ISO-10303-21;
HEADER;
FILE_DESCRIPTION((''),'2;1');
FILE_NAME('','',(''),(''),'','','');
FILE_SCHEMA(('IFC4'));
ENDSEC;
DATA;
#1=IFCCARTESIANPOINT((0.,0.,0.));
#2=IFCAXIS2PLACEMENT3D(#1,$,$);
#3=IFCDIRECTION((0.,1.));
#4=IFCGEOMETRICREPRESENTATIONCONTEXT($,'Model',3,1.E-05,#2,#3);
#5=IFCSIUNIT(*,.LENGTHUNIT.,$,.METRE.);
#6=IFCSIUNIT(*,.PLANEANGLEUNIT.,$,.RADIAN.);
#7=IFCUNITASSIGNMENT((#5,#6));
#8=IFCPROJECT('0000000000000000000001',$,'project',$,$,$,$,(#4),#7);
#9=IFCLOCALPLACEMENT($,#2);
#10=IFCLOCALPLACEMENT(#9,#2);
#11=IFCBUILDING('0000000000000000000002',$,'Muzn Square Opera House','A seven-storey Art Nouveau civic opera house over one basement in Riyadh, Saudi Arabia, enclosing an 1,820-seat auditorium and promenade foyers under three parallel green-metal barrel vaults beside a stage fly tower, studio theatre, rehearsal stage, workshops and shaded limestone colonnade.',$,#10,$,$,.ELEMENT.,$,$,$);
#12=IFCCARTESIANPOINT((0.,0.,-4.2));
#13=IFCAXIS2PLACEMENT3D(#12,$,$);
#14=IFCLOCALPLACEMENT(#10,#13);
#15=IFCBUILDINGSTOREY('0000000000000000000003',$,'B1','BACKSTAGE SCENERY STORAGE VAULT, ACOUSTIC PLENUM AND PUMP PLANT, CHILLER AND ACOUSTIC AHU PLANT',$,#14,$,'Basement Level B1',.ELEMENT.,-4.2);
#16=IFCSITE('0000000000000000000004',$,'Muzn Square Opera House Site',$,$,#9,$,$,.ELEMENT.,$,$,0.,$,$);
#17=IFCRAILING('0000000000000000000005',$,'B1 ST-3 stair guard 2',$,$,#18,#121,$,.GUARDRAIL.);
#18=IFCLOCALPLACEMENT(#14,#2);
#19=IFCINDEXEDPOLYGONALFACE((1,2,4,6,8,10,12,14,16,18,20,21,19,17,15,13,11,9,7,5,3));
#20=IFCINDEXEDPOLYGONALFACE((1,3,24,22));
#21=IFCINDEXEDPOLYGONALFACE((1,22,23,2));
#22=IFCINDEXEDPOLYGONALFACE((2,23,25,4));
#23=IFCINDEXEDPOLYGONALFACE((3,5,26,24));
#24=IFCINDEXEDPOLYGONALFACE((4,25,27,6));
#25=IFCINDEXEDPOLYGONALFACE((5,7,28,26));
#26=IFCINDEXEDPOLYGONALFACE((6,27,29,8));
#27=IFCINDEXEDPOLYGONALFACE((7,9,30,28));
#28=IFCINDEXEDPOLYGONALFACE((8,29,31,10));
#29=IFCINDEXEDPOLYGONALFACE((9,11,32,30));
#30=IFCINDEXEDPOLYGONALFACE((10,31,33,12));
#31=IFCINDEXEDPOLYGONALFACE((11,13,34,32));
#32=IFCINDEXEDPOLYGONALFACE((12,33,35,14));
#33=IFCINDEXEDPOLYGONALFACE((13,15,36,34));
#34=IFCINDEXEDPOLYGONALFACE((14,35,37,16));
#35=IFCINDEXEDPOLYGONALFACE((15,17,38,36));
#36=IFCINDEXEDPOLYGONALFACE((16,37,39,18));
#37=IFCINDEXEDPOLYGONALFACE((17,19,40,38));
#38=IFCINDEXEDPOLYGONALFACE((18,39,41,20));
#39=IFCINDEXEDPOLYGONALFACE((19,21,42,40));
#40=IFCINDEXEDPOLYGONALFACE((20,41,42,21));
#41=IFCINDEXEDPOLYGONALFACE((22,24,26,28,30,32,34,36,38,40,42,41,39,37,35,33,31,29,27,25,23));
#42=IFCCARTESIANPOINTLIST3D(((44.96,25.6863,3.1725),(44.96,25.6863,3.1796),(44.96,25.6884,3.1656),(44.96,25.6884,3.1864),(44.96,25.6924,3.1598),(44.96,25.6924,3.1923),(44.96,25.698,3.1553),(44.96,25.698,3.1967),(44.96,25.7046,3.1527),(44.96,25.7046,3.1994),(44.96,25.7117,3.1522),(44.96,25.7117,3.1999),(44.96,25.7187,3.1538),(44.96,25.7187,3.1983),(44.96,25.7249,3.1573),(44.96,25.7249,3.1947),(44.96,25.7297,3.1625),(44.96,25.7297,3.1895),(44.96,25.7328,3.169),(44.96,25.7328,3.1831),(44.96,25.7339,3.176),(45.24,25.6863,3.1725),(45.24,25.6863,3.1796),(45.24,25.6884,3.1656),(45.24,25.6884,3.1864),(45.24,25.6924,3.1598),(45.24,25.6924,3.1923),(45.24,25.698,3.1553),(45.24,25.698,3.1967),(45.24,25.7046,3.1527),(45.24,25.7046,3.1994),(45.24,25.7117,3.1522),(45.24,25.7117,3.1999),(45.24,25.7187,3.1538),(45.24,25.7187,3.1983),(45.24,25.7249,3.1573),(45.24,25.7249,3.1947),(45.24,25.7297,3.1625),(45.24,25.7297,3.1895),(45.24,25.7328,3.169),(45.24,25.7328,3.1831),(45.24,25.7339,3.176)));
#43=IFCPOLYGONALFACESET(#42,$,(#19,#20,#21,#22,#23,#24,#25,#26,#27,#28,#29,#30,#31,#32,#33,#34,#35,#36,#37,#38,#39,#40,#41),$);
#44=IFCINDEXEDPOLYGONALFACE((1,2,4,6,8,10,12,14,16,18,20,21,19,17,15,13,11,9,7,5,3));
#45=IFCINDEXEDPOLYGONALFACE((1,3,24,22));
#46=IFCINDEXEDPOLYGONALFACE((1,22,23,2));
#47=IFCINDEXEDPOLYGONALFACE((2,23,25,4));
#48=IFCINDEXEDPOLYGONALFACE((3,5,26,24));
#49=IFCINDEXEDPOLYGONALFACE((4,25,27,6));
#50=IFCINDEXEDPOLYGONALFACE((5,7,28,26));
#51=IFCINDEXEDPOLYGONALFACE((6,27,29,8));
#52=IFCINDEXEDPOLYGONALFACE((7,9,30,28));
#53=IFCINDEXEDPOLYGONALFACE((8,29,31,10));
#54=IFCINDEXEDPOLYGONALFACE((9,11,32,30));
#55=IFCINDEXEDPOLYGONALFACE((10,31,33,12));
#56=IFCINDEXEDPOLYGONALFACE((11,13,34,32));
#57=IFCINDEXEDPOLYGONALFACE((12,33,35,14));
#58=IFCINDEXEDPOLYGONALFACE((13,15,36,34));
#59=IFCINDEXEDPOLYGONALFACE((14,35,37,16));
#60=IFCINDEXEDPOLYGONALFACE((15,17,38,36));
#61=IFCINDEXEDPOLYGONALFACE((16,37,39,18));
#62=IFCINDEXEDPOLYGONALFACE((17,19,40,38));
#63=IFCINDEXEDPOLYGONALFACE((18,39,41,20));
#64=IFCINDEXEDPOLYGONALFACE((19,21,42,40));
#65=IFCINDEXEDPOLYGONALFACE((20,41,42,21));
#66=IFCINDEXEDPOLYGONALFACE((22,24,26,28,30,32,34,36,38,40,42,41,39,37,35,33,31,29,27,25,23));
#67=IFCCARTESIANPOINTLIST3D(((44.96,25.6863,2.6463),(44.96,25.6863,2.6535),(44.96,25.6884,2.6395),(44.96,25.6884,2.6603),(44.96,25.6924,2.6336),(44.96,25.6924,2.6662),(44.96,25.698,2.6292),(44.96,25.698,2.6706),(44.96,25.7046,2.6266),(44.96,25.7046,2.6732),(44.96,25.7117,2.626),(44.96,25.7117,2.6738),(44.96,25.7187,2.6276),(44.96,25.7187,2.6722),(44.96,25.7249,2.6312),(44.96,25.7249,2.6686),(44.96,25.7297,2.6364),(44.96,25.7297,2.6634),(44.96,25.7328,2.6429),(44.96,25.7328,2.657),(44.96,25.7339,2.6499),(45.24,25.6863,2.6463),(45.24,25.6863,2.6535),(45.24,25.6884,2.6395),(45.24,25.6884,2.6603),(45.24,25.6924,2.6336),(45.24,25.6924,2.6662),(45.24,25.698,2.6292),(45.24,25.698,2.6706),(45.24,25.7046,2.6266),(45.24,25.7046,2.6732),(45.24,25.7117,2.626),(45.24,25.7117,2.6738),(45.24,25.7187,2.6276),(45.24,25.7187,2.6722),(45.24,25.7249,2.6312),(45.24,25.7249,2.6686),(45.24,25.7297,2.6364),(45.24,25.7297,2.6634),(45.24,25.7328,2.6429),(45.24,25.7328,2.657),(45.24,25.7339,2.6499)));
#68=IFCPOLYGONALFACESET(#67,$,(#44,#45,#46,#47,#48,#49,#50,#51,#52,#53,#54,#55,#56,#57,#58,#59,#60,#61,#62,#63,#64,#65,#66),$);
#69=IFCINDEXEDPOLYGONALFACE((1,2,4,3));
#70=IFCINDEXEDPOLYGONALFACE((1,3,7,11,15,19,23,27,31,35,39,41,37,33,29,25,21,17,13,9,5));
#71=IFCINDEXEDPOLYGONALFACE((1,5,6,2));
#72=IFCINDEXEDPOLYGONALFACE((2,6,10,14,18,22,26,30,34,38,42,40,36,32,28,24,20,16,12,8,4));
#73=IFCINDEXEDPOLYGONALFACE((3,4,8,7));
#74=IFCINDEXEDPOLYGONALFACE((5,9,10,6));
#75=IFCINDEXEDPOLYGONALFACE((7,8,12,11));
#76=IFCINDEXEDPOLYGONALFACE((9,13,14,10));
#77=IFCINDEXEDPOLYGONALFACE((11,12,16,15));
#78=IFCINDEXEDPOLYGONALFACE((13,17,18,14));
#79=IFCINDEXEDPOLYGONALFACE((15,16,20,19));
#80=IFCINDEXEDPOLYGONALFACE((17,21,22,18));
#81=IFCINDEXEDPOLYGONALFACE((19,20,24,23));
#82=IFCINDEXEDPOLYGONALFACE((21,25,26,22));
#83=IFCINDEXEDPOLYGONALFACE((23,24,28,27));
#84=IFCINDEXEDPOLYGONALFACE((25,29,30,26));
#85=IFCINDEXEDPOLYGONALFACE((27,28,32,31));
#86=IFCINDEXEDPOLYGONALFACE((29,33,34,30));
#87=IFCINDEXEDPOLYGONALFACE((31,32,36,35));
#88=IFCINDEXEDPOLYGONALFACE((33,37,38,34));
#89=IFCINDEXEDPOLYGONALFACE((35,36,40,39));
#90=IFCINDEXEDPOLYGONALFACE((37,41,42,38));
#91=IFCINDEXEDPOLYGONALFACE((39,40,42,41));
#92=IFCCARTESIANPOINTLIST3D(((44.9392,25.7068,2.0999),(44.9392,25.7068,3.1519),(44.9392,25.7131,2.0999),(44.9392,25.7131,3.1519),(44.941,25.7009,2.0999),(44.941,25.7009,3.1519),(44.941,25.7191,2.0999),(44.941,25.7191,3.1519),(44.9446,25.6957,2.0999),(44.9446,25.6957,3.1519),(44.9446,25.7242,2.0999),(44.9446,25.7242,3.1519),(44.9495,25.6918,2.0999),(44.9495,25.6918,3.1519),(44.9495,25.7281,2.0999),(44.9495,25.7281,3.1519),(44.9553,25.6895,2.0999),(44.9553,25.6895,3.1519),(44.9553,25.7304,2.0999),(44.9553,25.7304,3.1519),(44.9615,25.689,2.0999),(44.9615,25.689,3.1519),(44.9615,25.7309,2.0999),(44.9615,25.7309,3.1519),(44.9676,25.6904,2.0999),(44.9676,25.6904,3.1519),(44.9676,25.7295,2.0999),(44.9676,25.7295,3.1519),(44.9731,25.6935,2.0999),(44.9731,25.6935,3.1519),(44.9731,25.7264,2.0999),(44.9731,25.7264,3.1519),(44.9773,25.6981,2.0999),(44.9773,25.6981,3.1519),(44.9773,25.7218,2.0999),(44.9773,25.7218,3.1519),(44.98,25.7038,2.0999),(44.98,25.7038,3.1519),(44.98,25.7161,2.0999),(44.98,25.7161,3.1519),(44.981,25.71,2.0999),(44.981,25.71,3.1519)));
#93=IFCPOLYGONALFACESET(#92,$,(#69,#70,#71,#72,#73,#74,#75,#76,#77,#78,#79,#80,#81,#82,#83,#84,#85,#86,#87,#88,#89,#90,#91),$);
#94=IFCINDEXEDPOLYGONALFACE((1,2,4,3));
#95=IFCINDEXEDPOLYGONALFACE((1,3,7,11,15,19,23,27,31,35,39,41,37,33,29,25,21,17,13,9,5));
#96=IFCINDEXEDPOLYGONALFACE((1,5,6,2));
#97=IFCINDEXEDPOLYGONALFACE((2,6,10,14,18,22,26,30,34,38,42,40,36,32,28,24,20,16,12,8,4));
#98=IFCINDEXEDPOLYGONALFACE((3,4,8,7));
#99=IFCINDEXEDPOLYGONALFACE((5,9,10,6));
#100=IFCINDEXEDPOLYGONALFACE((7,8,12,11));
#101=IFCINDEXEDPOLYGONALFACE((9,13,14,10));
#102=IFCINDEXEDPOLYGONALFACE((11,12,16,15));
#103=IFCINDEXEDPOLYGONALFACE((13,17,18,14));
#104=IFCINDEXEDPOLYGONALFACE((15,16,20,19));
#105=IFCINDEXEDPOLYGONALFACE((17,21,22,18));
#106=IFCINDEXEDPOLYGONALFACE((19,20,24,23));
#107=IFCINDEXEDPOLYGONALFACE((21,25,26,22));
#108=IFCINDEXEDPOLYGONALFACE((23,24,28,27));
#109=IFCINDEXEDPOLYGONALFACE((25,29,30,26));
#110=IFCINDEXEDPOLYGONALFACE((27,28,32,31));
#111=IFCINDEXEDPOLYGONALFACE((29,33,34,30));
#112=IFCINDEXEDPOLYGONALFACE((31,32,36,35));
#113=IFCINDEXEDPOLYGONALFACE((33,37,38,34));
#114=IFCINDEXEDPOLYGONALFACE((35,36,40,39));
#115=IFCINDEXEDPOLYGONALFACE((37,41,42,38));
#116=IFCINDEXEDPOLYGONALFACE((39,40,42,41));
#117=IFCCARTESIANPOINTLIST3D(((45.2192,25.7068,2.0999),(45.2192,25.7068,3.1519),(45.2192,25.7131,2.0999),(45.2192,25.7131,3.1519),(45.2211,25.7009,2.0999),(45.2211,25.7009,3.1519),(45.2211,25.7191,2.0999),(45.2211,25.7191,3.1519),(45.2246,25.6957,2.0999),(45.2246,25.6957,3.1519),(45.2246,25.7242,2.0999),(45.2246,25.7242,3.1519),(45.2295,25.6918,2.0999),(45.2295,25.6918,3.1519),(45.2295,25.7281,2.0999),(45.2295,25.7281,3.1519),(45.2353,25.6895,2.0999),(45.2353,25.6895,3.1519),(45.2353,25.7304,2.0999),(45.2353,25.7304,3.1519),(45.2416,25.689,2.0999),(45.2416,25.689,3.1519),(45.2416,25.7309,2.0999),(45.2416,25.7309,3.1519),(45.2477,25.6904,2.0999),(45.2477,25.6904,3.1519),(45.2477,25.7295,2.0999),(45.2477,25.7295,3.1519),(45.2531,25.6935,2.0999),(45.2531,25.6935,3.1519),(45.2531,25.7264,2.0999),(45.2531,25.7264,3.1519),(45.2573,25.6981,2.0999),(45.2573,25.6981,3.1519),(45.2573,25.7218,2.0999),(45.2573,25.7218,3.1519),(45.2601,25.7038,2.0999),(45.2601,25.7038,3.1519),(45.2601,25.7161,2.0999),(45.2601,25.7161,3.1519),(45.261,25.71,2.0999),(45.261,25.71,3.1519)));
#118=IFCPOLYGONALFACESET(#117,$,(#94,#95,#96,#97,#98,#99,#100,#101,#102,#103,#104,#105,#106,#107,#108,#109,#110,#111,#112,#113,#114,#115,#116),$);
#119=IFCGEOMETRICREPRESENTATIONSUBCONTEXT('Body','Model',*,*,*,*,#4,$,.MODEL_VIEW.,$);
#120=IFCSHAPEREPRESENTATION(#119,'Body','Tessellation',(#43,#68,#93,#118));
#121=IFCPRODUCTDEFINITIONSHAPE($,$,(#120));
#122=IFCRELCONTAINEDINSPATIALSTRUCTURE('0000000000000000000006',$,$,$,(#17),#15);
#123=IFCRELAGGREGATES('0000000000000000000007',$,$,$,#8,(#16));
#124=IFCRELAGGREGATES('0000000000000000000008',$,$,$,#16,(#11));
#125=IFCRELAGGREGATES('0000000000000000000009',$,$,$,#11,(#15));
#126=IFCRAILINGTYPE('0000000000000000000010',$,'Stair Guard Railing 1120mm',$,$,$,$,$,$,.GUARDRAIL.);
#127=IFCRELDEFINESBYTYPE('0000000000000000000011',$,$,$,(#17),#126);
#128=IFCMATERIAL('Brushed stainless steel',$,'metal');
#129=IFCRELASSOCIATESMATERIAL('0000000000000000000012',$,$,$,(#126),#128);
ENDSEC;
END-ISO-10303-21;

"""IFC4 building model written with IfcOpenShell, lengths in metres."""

from ifc_helpers import new_model, si_unit, direction, frame, origin, origin_2d, place, context, subcontext, project, spatial, circle, extrude, material, type_object, element, save


model = new_model("IFC4")

# Units and contexts
model_context = context("Model", 3, precision=1e-05, world=origin(), true_north=direction((0.0, 1.0)))
body_context = subcontext(model_context, "Body", "Model", "MODEL_VIEW")
ifc_project = project(units=[si_unit("LENGTHUNIT", "METRE"), si_unit("PLANEANGLEUNIT", "RADIAN")], contexts=[model_context])

# Site, building, storey
site_placement = place(None, origin())
site = spatial("IfcSite", under=ifc_project, at=site_placement, Name="Muzn Square Opera House Site", CompositionType="ELEMENT", RefElevation=0.0)
building_placement = place(site_placement, origin())
building = spatial("IfcBuilding", under=site, at=building_placement, Name="Muzn Square Opera House", Description="A seven-storey Art Nouveau civic opera house over one basement in Riyadh, Saudi Arabia, enclosing an 1,820-seat auditorium and promenade foyers under three parallel green-metal barrel vaults beside a stage fly tower, studio theatre, rehearsal stage, workshops and shaded limestone colonnade.", CompositionType="ELEMENT")
storey_placement = place(building_placement, frame((0.0, 0.0, -4.2)))
storey = spatial("IfcBuildingStorey", under=building, at=storey_placement, Name="B1", Description="BACKSTAGE SCENERY STORAGE VAULT, ACOUSTIC PLENUM AND PUMP PLANT, CHILLER AND ACOUSTIC AHU PLANT", LongName="Basement Level B1", CompositionType="ELEMENT", Elevation=-4.2)

# Railing
ifc_material_1 = material(Name="Brushed stainless steel", Category="metal")
railing_type_1 = type_object("IfcRailingType", Name="Stair Guard Railing 1120mm", PredefinedType="GUARDRAIL", material=ifc_material_1)
railing_1_placement = place(storey_placement, frame((44.96, 25.71, 2.0999)))
element("IfcRailing", 1, at=railing_1_placement, inside=storey, type_object=railing_type_1, Name="B1 ST-3 stair guard 2", PredefinedType="GUARDRAIL", context=body_context, shape_type="SweptSolid", body=[
    extrude(circle(Radius=0.0239, at=origin_2d()), frame((0.0, 0.0, 1.0762), z_axis=(1.0, 0.0, 0.0), x_axis=(0.0, 1.0, 0.0)), (0.0, 0.0, 1.0), 0.28),
    extrude(circle(Radius=0.0239, at=origin_2d()), frame((0.0, 0.0, 0.55), z_axis=(1.0, 0.0, 0.0), x_axis=(0.0, 1.0, 0.0)), (0.0, 0.0, 1.0), 0.28),
    extrude(circle(Radius=0.021, at=origin_2d()), origin(), (0.0, 0.0, 1.0), 1.052),
    extrude(circle(Radius=0.021, at=origin_2d()), frame((0.28, 0.0, 0.0)), (0.0, 0.0, 1.0), 1.052),
])

save(model, "model.ifc")
